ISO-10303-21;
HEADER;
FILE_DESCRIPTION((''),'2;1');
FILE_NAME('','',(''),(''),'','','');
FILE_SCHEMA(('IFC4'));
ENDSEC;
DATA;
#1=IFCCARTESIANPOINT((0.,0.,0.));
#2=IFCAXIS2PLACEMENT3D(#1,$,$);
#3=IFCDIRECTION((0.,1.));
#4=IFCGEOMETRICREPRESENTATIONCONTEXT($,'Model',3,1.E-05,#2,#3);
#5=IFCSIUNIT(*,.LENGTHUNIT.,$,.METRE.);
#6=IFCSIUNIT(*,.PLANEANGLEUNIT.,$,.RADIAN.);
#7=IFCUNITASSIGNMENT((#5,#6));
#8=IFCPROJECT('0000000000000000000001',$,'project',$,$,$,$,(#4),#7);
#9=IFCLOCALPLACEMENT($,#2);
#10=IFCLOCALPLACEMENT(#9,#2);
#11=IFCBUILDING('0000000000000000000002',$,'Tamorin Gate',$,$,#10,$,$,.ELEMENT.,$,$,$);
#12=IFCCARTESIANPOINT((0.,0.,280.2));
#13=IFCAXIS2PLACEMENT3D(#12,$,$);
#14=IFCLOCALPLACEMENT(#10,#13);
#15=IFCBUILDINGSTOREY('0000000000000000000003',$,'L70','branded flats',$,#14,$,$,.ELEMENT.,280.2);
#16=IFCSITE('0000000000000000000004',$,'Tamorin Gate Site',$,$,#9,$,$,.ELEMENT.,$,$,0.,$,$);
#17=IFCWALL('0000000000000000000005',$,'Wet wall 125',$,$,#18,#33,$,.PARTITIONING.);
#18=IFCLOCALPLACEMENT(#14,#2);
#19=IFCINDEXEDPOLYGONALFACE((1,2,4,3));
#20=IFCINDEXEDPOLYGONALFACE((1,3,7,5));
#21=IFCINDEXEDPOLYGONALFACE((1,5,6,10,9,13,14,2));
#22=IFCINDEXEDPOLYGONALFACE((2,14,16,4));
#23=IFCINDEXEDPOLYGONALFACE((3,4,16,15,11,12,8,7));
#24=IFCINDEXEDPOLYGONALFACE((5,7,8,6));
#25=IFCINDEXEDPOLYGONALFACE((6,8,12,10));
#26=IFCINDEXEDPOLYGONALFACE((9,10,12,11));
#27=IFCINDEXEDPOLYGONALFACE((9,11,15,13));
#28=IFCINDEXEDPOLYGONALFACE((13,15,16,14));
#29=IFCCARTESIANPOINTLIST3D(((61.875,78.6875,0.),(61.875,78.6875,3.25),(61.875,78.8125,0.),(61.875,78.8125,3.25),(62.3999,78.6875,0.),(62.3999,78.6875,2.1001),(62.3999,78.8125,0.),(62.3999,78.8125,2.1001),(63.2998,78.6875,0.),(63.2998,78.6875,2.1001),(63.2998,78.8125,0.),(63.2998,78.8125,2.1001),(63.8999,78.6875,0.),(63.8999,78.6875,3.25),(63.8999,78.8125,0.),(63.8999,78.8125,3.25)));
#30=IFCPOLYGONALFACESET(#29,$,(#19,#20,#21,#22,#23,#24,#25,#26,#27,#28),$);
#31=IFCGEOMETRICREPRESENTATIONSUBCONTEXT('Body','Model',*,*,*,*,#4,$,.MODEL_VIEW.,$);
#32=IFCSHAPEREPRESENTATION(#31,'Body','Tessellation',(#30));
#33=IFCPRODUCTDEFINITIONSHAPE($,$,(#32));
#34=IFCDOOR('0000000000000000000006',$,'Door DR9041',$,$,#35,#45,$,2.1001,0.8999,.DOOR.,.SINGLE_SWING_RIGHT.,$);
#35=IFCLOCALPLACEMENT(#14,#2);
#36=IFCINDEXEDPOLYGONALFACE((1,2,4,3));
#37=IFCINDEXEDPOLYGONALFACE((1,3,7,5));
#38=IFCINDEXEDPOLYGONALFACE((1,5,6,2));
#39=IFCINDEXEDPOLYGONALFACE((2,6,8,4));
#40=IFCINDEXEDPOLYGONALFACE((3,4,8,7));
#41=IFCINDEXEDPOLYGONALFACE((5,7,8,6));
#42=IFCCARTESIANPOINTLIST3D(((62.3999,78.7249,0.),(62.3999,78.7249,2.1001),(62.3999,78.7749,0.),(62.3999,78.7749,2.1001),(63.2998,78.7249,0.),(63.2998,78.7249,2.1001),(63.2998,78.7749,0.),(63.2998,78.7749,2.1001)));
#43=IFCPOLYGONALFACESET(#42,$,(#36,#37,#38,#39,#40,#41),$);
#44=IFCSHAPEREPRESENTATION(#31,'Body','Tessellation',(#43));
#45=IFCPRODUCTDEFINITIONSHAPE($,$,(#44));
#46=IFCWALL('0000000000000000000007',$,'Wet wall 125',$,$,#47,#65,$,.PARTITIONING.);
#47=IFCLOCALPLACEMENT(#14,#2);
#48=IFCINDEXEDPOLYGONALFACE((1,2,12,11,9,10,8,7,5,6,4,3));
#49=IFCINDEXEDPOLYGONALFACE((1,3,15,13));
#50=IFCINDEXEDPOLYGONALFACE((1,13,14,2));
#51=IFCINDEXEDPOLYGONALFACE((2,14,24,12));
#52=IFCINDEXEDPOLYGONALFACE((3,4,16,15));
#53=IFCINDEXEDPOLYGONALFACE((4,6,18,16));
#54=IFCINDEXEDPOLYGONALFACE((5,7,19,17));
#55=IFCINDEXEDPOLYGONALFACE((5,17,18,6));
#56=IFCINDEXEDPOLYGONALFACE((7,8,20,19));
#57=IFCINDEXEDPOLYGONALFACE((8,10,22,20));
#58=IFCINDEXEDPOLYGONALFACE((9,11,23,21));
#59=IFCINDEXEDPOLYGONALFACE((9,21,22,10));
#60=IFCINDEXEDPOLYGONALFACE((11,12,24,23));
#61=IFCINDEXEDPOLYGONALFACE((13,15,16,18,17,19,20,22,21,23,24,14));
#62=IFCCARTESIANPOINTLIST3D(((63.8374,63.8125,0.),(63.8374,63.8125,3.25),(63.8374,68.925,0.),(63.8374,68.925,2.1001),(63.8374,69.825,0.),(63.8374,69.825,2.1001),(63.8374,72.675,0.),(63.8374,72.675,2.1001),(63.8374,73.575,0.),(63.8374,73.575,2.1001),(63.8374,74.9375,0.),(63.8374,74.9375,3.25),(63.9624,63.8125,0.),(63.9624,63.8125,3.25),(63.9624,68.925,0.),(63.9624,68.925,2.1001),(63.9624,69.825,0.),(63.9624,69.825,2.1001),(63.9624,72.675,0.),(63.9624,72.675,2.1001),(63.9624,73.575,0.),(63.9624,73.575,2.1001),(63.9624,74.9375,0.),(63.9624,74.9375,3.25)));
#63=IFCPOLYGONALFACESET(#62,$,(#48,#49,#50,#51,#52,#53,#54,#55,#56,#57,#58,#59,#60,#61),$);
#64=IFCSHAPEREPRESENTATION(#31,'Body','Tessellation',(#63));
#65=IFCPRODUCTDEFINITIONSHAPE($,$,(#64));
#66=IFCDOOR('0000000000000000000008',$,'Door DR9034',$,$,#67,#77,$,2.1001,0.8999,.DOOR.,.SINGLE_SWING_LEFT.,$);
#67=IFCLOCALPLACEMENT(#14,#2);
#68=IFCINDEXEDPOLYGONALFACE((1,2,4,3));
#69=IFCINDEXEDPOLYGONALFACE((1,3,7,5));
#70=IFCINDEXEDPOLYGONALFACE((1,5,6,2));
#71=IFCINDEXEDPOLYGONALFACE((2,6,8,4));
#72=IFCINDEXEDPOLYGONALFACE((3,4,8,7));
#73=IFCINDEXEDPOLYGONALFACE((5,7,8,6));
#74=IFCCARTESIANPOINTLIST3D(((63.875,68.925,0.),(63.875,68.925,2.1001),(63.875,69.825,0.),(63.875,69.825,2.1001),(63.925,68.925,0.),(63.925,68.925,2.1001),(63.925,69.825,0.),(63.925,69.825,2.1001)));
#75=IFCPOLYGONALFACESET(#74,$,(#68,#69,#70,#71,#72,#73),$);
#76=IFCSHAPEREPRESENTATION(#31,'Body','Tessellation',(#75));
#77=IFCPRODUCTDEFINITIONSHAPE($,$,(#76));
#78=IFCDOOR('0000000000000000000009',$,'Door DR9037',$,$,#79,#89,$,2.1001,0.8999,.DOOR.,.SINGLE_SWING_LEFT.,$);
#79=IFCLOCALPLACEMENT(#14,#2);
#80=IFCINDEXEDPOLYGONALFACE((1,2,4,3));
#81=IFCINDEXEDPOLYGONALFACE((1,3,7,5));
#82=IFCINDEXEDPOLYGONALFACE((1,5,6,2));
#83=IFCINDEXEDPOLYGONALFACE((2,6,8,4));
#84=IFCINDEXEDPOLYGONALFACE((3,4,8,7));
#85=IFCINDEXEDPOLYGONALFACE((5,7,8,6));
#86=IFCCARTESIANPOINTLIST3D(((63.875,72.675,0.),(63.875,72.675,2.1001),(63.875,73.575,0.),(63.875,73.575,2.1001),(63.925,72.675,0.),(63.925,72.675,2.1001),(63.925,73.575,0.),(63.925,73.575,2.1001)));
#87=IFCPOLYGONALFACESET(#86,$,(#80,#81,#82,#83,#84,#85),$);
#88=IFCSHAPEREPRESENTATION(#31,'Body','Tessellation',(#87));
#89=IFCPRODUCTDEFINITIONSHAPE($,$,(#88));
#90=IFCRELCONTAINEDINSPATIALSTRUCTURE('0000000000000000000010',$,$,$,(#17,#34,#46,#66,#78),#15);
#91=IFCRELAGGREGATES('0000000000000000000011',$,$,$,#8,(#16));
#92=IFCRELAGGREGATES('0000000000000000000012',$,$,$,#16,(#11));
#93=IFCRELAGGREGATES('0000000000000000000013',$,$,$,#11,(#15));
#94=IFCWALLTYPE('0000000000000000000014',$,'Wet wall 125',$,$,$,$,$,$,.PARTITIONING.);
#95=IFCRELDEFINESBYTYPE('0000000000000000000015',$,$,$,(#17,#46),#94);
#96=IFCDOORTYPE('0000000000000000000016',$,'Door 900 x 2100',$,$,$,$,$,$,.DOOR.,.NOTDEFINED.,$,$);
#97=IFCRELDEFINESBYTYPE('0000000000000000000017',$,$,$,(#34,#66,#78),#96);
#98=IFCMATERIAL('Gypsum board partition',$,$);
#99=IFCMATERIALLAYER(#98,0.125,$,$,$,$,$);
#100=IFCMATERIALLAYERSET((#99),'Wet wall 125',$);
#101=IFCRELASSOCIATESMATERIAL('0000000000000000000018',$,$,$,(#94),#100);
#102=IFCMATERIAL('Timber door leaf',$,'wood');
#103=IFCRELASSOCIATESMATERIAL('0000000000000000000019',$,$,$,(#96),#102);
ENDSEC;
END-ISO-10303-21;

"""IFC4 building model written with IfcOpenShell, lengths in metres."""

from ifc_helpers import new_model, si_unit, direction, frame, frame_2d, origin, place, context, subcontext, project, spatial, rectangle, extrude, material, layer, layer_set, type_object, element, fill, save


model = new_model("IFC4")

# Units and contexts
model_context = context("Model", 3, precision=1e-05, world=origin(), true_north=direction((0.0, 1.0)))
body_context = subcontext(model_context, "Body", "Model", "MODEL_VIEW")
ifc_project = project(units=[si_unit("LENGTHUNIT", "METRE"), si_unit("PLANEANGLEUNIT", "RADIAN")], contexts=[model_context])

# Site, building, storey
site_placement = place(None, origin())
site = spatial("IfcSite", under=ifc_project, at=site_placement, Name="Tamorin Gate Site", CompositionType="ELEMENT", RefElevation=0.0)
building_placement = place(site_placement, origin())
building = spatial("IfcBuilding", under=site, at=building_placement, Name="Tamorin Gate", CompositionType="ELEMENT")
storey_placement = place(building_placement, frame((0.0, 0.0, 280.2)))
storey = spatial("IfcBuildingStorey", under=building, at=storey_placement, Name="L70", Description="branded flats", CompositionType="ELEMENT", Elevation=280.2)

# Shared definitions
ifc_material_1 = material(Name="Gypsum board partition")

# Shared definitions
ifc_layer_1 = layer(ifc_material_1, 0.125)
ifc_layer_set_1 = layer_set([ifc_layer_1], Name="Wet wall 125")
wall_type_1 = type_object("IfcWallType", Name="Wet wall 125", PredefinedType="PARTITIONING", material=ifc_layer_set_1)
ifc_material_2 = material(Name="Timber door leaf", Category="wood")
door_type_1 = type_object("IfcDoorType", Name="Door 900 x 2100", OperationType="NOTDEFINED", PredefinedType="DOOR", material=ifc_material_2)

# Wall, opening, door
wall_1_placement = place(storey_placement, frame((61.875, 78.75, 0.0), z_axis=(0.0, 0.0, 1.0), x_axis=(1.0, 0.0, 0.0)))
wall_1 = element("IfcWall", 1, at=wall_1_placement, inside=storey, type_object=wall_type_1, Name="Wet wall 125", PredefinedType="PARTITIONING", context=body_context, shape_type="SweptSolid", body=[
    extrude(rectangle(XDim=2.0249, YDim=0.125, at=frame_2d((1.0125, 0.0))), origin(), (0.0, 0.0, 1.0), 3.25),
])
opening_1_placement = place(wall_1_placement, frame((0.5249, 0.0, 0.0)))
opening_1 = element("IfcOpeningElement", 2, at=opening_1_placement, cuts=wall_1, PredefinedType="OPENING", context=body_context, shape_type="SweptSolid", body=[
    extrude(rectangle(XDim=0.8999, YDim=2.1001, at=frame_2d((0.45, 1.05))), frame((0.0, 0.0725, 0.0), z_axis=(0.0, -1.0, 0.0), x_axis=(1.0, 0.0, 0.0)), (0.0, 0.0, 1.0), 0.145),
])
door_1_placement = place(opening_1_placement, origin())
door_1 = element("IfcDoor", 3, at=door_1_placement, inside=storey, type_object=door_type_1, Name="Door DR9041", OperationType="SINGLE_SWING_RIGHT", OverallHeight=2.1001, OverallWidth=0.8999, PredefinedType="DOOR", context=body_context, shape_type="SweptSolid", body=[
    extrude(rectangle(XDim=0.8999, YDim=2.1001, at=frame_2d((0.45, 1.05))), frame((0.0, 0.0249, 0.0), z_axis=(0.0, -1.0, 0.0), x_axis=(1.0, 0.0, 0.0)), (0.0, 0.0, 1.0), 0.05),
])
fill(opening_1, door_1)

# Wall, openings, doors
wall_2_placement = place(storey_placement, frame((63.8999, 63.8125, 0.0), z_axis=(0.0, 0.0, 1.0), x_axis=(0.0, 1.0, 0.0)))
wall_2 = element("IfcWall", 4, at=wall_2_placement, inside=storey, type_object=wall_type_1, Name="Wet wall 125", PredefinedType="PARTITIONING", context=body_context, shape_type="SweptSolid", body=[
    extrude(rectangle(XDim=11.125, YDim=0.125, at=frame_2d((5.5625, 0.0))), origin(), (0.0, 0.0, 1.0), 3.25),
])
opening_2_placement = place(wall_2_placement, frame((5.1125, 0.0, 0.0)))
opening_2 = element("IfcOpeningElement", 5, at=opening_2_placement, cuts=wall_2, PredefinedType="OPENING", context=body_context, shape_type="SweptSolid", body=[
    extrude(rectangle(XDim=0.8999, YDim=2.1001, at=frame_2d((0.45, 1.05))), frame((0.0, 0.0725, 0.0), z_axis=(0.0, -1.0, 0.0), x_axis=(1.0, 0.0, 0.0)), (0.0, 0.0, 1.0), 0.145),
])
opening_3_placement = place(wall_2_placement, frame((8.8625, 0.0, 0.0)))
opening_3 = element("IfcOpeningElement", 6, at=opening_3_placement, cuts=wall_2, PredefinedType="OPENING", context=body_context, shape_type="SweptSolid", body=[
    extrude(rectangle(XDim=0.8999, YDim=2.1001, at=frame_2d((0.45, 1.05))), frame((0.0, 0.0725, 0.0), z_axis=(0.0, -1.0, 0.0), x_axis=(1.0, 0.0, 0.0)), (0.0, 0.0, 1.0), 0.145),
])
door_2_placement = place(opening_2_placement, origin())
door_2 = element("IfcDoor", 7, at=door_2_placement, inside=storey, type_object=door_type_1, Name="Door DR9034", OperationType="SINGLE_SWING_LEFT", OverallHeight=2.1001, OverallWidth=0.8999, PredefinedType="DOOR", context=body_context, shape_type="SweptSolid", body=[
    extrude(rectangle(XDim=0.8999, YDim=2.1001, at=frame_2d((0.45, 1.05))), frame((0.0, 0.0249, 0.0), z_axis=(0.0, -1.0, 0.0), x_axis=(1.0, 0.0, 0.0)), (0.0, 0.0, 1.0), 0.05),
])
fill(opening_2, door_2)
door_3_placement = place(opening_3_placement, origin())
door_3 = element("IfcDoor", 8, at=door_3_placement, inside=storey, type_object=door_type_1, Name="Door DR9037", OperationType="SINGLE_SWING_LEFT", OverallHeight=2.1001, OverallWidth=0.8999, PredefinedType="DOOR", context=body_context, shape_type="SweptSolid", body=[
    extrude(rectangle(XDim=0.8999, YDim=2.1001, at=frame_2d((0.45, 1.05))), frame((0.0, 0.0249, 0.0), z_axis=(0.0, -1.0, 0.0), x_axis=(1.0, 0.0, 0.0)), (0.0, 0.0, 1.0), 0.05),
])
fill(opening_3, door_3)

save(model, "model.ifc")
